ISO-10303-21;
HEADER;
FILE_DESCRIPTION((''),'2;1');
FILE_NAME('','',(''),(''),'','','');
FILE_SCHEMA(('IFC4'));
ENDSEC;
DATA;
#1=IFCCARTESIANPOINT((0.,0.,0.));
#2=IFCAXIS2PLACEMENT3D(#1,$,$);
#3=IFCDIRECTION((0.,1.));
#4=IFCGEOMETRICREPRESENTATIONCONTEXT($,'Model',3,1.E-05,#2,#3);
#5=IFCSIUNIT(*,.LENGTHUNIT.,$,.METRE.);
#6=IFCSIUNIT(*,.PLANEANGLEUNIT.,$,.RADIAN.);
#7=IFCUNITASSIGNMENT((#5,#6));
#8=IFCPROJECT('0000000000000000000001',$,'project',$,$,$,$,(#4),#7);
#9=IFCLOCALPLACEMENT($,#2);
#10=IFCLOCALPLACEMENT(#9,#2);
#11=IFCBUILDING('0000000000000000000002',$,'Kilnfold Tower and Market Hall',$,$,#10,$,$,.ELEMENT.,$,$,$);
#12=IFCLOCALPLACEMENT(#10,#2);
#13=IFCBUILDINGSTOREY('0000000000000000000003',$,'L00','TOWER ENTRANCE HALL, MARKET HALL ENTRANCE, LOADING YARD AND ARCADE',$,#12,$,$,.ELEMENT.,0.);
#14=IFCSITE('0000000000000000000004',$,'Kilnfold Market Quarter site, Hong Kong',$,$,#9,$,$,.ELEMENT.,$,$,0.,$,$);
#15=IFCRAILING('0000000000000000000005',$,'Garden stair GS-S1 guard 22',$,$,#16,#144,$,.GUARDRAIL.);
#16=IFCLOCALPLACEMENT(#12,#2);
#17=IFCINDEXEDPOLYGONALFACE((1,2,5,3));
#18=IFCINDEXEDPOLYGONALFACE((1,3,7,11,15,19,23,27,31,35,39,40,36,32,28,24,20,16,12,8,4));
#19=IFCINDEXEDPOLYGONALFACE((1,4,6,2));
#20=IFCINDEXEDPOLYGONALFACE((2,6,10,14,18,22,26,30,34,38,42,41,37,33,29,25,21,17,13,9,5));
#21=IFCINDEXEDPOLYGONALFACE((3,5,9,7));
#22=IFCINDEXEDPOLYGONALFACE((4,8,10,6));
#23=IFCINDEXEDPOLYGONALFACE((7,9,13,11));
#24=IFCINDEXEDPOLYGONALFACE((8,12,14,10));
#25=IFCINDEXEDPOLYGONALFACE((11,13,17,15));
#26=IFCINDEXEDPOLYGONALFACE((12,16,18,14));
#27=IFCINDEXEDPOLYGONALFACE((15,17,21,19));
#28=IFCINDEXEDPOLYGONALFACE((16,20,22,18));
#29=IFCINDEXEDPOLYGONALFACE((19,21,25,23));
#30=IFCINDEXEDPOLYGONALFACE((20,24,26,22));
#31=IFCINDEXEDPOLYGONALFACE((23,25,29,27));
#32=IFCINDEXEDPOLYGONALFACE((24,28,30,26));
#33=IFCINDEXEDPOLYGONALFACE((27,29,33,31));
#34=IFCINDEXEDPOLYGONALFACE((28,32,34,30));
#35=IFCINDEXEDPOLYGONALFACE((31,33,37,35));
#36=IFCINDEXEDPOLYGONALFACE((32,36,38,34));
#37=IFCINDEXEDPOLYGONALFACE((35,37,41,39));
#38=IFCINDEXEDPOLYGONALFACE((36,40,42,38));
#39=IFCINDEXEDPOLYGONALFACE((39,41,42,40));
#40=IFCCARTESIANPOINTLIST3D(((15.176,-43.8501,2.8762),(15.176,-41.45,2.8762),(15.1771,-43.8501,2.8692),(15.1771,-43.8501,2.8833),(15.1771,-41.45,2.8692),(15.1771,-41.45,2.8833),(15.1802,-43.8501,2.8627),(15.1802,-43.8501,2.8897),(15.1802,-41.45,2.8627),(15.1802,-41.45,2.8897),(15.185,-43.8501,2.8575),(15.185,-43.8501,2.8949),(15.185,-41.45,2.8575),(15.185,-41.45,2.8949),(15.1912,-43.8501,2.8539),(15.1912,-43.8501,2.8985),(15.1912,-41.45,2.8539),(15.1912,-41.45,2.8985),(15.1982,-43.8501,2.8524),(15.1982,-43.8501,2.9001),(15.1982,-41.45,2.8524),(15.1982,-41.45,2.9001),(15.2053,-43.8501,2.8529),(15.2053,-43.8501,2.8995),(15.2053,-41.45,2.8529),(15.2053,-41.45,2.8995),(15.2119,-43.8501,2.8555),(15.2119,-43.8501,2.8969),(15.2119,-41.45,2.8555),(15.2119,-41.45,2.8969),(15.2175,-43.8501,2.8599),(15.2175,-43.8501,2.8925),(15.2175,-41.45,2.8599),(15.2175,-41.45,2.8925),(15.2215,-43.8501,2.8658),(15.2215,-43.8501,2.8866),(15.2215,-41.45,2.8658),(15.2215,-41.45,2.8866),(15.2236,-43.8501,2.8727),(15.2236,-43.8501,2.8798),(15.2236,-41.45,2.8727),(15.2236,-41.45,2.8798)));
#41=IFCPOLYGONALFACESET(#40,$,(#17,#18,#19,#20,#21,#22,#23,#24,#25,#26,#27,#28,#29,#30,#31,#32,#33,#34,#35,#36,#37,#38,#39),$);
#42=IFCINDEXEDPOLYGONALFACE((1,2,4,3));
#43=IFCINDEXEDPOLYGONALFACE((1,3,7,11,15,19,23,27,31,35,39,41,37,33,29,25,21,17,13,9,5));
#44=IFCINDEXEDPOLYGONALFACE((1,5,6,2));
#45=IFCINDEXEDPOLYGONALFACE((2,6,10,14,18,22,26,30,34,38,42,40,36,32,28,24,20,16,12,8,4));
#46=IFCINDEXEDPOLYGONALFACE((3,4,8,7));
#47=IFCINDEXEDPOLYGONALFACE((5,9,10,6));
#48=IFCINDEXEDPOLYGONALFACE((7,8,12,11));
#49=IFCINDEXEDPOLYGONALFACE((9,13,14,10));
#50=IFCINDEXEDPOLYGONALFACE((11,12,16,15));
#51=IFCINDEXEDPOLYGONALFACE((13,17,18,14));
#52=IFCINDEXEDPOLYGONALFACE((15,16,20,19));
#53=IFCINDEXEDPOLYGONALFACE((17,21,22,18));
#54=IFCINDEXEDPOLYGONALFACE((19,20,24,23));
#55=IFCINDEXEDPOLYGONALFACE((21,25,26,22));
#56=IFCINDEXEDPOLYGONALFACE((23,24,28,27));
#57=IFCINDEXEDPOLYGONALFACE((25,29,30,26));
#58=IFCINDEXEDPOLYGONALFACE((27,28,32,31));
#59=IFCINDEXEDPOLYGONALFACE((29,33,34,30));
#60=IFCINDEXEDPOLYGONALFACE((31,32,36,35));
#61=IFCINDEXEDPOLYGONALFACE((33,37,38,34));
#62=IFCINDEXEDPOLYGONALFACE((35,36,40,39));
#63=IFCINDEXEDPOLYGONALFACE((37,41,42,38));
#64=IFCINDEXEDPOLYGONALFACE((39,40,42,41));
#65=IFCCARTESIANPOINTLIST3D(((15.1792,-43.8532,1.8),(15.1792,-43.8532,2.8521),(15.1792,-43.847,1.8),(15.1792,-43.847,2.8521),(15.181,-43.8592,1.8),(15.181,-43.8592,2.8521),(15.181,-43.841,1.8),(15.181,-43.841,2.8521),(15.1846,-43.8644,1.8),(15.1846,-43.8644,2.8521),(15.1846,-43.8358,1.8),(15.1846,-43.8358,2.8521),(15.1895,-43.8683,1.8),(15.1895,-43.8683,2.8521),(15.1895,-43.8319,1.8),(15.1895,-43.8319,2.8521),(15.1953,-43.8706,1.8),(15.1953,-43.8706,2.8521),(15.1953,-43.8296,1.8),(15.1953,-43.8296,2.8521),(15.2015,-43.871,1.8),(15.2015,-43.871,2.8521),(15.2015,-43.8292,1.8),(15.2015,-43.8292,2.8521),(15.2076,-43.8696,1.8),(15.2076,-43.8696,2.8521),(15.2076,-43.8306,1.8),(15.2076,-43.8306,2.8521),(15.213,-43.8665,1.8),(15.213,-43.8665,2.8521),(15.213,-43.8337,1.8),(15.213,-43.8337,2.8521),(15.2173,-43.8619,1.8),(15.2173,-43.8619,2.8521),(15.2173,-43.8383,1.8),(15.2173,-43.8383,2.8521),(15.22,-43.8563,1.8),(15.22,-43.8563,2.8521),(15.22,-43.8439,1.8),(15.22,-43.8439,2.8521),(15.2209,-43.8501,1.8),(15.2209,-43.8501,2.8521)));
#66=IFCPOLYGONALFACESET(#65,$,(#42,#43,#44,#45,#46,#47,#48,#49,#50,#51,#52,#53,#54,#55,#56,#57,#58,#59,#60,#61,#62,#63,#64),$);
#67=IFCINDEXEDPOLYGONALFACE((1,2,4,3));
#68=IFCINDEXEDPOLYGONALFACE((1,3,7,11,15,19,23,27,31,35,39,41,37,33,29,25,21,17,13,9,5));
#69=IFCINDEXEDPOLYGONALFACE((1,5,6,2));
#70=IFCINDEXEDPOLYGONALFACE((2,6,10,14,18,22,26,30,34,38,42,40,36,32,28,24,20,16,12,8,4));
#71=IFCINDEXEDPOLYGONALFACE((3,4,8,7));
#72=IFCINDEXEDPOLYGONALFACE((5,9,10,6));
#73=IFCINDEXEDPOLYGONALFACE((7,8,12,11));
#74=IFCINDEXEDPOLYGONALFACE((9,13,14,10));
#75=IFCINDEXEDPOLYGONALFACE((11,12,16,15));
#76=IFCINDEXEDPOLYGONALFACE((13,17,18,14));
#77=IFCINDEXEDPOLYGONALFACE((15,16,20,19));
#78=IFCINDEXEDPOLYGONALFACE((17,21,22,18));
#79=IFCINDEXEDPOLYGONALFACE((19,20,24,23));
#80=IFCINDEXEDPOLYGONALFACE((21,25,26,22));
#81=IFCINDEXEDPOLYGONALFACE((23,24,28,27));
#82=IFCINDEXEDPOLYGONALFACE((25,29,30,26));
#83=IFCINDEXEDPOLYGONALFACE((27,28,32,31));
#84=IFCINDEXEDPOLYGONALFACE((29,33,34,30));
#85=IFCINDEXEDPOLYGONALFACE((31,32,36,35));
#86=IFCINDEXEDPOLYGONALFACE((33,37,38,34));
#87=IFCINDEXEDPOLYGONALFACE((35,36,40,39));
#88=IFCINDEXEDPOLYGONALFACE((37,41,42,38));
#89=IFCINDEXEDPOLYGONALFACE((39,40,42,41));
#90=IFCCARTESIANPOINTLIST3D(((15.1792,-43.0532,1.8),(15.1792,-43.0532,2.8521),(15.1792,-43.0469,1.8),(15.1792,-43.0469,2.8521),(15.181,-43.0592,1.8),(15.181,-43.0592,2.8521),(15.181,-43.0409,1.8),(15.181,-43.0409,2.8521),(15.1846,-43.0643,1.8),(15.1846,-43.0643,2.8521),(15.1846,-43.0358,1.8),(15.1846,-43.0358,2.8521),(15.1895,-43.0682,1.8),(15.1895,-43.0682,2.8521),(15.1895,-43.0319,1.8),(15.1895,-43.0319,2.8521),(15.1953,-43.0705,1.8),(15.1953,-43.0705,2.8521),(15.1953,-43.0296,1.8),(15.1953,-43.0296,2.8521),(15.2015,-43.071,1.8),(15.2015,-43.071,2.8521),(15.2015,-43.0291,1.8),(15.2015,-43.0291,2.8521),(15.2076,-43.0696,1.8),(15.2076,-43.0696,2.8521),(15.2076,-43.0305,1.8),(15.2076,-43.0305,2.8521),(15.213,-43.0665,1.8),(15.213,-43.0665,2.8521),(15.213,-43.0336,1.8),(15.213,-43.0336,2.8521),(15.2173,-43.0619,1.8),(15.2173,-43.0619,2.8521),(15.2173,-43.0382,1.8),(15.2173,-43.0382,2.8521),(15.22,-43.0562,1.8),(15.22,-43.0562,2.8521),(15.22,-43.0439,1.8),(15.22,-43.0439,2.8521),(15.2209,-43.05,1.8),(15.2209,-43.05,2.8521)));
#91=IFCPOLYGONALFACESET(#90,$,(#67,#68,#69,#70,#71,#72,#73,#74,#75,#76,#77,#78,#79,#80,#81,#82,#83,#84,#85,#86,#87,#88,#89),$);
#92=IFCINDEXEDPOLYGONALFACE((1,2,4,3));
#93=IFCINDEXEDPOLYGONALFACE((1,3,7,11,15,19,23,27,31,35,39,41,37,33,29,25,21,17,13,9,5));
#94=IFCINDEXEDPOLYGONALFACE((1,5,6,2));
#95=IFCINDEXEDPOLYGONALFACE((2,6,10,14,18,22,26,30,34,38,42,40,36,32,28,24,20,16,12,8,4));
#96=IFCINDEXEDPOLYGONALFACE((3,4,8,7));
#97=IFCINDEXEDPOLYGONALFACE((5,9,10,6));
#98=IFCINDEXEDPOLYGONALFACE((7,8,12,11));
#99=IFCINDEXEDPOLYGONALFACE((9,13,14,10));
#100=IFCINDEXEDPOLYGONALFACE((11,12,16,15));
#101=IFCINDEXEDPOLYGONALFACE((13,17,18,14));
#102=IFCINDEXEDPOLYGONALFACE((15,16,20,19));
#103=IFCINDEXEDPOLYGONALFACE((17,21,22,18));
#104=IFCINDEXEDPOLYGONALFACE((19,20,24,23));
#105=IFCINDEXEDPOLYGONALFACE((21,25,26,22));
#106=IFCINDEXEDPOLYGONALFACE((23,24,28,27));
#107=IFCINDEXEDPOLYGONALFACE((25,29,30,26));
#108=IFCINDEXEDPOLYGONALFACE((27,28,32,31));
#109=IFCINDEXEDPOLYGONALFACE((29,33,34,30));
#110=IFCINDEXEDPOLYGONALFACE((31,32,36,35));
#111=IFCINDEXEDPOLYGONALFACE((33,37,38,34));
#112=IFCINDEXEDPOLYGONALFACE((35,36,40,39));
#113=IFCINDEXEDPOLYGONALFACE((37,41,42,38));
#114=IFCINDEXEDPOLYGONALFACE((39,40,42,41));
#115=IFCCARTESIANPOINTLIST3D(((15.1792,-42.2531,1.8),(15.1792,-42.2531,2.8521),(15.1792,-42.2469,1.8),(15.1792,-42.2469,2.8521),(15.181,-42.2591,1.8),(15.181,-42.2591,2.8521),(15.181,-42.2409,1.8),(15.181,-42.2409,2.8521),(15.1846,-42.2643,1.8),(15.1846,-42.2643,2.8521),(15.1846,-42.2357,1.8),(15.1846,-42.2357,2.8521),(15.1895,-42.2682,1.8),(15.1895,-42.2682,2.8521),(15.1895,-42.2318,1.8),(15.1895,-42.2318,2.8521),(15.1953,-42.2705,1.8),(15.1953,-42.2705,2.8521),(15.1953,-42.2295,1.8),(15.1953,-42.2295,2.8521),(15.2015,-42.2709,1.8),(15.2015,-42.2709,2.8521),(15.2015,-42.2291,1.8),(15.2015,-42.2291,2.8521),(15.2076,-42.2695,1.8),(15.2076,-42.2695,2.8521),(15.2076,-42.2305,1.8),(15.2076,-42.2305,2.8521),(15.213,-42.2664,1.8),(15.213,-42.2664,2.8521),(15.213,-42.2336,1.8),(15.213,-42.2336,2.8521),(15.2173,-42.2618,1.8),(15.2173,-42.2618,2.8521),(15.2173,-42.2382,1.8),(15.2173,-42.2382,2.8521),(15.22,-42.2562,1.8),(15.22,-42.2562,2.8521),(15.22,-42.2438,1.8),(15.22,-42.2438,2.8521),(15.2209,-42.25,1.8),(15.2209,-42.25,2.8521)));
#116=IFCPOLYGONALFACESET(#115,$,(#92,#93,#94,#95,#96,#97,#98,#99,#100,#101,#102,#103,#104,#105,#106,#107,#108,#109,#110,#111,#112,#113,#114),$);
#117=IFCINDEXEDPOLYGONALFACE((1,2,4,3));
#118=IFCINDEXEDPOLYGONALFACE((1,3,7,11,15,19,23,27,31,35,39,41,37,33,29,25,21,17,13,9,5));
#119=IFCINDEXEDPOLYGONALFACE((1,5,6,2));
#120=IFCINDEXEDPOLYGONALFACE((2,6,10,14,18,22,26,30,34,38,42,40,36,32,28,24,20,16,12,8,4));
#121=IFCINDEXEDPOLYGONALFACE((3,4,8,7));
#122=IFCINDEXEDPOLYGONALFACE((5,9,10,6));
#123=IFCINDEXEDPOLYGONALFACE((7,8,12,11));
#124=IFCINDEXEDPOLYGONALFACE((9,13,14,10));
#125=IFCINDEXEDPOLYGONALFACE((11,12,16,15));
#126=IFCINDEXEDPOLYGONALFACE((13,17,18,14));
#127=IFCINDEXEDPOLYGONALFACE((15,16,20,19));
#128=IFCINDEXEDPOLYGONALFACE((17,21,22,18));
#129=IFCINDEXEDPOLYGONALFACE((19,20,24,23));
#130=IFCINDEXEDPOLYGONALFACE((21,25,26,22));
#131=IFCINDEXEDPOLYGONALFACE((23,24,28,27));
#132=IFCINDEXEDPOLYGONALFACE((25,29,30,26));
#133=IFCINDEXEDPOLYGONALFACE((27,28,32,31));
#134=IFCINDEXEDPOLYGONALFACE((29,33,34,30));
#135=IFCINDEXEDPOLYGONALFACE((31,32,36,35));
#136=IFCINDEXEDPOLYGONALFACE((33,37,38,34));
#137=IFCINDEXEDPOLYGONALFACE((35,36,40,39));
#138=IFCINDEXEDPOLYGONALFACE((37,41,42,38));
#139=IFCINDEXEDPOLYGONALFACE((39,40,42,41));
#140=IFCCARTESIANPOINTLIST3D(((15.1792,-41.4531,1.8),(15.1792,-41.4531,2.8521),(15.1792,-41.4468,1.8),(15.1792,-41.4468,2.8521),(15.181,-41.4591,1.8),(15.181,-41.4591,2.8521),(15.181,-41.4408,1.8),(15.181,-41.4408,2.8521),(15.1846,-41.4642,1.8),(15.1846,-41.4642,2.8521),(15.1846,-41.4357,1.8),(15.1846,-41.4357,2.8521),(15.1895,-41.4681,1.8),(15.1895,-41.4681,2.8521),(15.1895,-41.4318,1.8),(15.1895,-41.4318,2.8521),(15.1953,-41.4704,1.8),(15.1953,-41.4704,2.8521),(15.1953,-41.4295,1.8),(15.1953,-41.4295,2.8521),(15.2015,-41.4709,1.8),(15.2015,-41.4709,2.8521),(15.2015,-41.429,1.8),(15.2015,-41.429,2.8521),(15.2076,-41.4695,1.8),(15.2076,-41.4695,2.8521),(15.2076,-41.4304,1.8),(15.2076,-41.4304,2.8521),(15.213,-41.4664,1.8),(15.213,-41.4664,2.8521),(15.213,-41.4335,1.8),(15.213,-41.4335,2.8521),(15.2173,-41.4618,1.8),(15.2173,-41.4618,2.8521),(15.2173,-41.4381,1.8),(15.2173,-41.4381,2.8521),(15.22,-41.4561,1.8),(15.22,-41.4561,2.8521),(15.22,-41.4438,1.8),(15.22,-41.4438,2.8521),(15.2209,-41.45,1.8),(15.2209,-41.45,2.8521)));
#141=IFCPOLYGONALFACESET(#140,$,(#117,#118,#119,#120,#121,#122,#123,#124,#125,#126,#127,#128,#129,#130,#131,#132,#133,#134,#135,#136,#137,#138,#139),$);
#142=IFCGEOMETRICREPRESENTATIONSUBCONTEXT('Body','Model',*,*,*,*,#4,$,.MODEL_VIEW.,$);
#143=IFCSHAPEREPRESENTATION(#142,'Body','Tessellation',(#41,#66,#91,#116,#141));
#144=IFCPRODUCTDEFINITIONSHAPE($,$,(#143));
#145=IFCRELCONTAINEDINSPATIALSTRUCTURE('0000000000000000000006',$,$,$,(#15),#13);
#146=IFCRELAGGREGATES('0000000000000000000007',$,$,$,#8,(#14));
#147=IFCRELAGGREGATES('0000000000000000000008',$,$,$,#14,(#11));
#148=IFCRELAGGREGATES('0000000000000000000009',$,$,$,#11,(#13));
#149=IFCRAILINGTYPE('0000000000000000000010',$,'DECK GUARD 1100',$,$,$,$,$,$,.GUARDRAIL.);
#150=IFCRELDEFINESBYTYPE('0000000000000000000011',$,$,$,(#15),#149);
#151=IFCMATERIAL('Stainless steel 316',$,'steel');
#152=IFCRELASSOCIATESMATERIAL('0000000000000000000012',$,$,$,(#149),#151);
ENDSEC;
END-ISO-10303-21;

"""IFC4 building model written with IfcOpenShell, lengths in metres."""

from ifc_helpers import new_model, si_unit, direction, frame, origin, origin_2d, place, context, subcontext, project, spatial, circle, extrude, material, type_object, element, save


model = new_model("IFC4")

# Units and contexts
model_context = context("Model", 3, precision=1e-05, world=origin(), true_north=direction((0.0, 1.0)))
body_context = subcontext(model_context, "Body", "Model", "MODEL_VIEW")
ifc_project = project(units=[si_unit("LENGTHUNIT", "METRE"), si_unit("PLANEANGLEUNIT", "RADIAN")], contexts=[model_context])

# Site, building, storey
site_placement = place(None, origin())
site = spatial("IfcSite", under=ifc_project, at=site_placement, Name="Kilnfold Market Quarter site, Hong Kong", CompositionType="ELEMENT", RefElevation=0.0)
building_placement = place(site_placement, origin())
building = spatial("IfcBuilding", under=site, at=building_placement, Name="Kilnfold Tower and Market Hall", CompositionType="ELEMENT")
storey_placement = place(building_placement, origin())
storey = spatial("IfcBuildingStorey", under=building, at=storey_placement, Name="L00", Description="TOWER ENTRANCE HALL, MARKET HALL ENTRANCE, LOADING YARD AND ARCADE", CompositionType="ELEMENT", Elevation=0.0)

# Railing
ifc_material_1 = material(Name="Stainless steel 316", Category="steel")
railing_type_1 = type_object("IfcRailingType", Name="DECK GUARD 1100", PredefinedType="GUARDRAIL", material=ifc_material_1)
railing_1_placement = place(storey_placement, frame((15.2, -43.8501, 1.8)))
element("IfcRailing", 1, at=railing_1_placement, inside=storey, type_object=railing_type_1, Name="Garden stair GS-S1 guard 22", PredefinedType="GUARDRAIL", context=body_context, shape_type="SweptSolid", body=[
    extrude(circle(Radius=0.0239, at=origin_2d()), frame((0.0, 0.0, 1.0762), z_axis=(0.0, 1.0, 0.0), x_axis=(-1.0, 0.0, 0.0)), (0.0, 0.0, 1.0), 2.4001),
    extrude(circle(Radius=0.021, at=origin_2d()), origin(), (0.0, 0.0, 1.0), 1.052),
    extrude(circle(Radius=0.021, at=origin_2d()), frame((0.0, 0.8, 0.0)), (0.0, 0.0, 1.0), 1.052),
    extrude(circle(Radius=0.021, at=origin_2d()), frame((0.0, 1.6001, 0.0)), (0.0, 0.0, 1.0), 1.052),
    extrude(circle(Radius=0.021, at=origin_2d()), frame((0.0, 2.4001, 0.0)), (0.0, 0.0, 1.0), 1.052),
])

save(model, "model.ifc")
